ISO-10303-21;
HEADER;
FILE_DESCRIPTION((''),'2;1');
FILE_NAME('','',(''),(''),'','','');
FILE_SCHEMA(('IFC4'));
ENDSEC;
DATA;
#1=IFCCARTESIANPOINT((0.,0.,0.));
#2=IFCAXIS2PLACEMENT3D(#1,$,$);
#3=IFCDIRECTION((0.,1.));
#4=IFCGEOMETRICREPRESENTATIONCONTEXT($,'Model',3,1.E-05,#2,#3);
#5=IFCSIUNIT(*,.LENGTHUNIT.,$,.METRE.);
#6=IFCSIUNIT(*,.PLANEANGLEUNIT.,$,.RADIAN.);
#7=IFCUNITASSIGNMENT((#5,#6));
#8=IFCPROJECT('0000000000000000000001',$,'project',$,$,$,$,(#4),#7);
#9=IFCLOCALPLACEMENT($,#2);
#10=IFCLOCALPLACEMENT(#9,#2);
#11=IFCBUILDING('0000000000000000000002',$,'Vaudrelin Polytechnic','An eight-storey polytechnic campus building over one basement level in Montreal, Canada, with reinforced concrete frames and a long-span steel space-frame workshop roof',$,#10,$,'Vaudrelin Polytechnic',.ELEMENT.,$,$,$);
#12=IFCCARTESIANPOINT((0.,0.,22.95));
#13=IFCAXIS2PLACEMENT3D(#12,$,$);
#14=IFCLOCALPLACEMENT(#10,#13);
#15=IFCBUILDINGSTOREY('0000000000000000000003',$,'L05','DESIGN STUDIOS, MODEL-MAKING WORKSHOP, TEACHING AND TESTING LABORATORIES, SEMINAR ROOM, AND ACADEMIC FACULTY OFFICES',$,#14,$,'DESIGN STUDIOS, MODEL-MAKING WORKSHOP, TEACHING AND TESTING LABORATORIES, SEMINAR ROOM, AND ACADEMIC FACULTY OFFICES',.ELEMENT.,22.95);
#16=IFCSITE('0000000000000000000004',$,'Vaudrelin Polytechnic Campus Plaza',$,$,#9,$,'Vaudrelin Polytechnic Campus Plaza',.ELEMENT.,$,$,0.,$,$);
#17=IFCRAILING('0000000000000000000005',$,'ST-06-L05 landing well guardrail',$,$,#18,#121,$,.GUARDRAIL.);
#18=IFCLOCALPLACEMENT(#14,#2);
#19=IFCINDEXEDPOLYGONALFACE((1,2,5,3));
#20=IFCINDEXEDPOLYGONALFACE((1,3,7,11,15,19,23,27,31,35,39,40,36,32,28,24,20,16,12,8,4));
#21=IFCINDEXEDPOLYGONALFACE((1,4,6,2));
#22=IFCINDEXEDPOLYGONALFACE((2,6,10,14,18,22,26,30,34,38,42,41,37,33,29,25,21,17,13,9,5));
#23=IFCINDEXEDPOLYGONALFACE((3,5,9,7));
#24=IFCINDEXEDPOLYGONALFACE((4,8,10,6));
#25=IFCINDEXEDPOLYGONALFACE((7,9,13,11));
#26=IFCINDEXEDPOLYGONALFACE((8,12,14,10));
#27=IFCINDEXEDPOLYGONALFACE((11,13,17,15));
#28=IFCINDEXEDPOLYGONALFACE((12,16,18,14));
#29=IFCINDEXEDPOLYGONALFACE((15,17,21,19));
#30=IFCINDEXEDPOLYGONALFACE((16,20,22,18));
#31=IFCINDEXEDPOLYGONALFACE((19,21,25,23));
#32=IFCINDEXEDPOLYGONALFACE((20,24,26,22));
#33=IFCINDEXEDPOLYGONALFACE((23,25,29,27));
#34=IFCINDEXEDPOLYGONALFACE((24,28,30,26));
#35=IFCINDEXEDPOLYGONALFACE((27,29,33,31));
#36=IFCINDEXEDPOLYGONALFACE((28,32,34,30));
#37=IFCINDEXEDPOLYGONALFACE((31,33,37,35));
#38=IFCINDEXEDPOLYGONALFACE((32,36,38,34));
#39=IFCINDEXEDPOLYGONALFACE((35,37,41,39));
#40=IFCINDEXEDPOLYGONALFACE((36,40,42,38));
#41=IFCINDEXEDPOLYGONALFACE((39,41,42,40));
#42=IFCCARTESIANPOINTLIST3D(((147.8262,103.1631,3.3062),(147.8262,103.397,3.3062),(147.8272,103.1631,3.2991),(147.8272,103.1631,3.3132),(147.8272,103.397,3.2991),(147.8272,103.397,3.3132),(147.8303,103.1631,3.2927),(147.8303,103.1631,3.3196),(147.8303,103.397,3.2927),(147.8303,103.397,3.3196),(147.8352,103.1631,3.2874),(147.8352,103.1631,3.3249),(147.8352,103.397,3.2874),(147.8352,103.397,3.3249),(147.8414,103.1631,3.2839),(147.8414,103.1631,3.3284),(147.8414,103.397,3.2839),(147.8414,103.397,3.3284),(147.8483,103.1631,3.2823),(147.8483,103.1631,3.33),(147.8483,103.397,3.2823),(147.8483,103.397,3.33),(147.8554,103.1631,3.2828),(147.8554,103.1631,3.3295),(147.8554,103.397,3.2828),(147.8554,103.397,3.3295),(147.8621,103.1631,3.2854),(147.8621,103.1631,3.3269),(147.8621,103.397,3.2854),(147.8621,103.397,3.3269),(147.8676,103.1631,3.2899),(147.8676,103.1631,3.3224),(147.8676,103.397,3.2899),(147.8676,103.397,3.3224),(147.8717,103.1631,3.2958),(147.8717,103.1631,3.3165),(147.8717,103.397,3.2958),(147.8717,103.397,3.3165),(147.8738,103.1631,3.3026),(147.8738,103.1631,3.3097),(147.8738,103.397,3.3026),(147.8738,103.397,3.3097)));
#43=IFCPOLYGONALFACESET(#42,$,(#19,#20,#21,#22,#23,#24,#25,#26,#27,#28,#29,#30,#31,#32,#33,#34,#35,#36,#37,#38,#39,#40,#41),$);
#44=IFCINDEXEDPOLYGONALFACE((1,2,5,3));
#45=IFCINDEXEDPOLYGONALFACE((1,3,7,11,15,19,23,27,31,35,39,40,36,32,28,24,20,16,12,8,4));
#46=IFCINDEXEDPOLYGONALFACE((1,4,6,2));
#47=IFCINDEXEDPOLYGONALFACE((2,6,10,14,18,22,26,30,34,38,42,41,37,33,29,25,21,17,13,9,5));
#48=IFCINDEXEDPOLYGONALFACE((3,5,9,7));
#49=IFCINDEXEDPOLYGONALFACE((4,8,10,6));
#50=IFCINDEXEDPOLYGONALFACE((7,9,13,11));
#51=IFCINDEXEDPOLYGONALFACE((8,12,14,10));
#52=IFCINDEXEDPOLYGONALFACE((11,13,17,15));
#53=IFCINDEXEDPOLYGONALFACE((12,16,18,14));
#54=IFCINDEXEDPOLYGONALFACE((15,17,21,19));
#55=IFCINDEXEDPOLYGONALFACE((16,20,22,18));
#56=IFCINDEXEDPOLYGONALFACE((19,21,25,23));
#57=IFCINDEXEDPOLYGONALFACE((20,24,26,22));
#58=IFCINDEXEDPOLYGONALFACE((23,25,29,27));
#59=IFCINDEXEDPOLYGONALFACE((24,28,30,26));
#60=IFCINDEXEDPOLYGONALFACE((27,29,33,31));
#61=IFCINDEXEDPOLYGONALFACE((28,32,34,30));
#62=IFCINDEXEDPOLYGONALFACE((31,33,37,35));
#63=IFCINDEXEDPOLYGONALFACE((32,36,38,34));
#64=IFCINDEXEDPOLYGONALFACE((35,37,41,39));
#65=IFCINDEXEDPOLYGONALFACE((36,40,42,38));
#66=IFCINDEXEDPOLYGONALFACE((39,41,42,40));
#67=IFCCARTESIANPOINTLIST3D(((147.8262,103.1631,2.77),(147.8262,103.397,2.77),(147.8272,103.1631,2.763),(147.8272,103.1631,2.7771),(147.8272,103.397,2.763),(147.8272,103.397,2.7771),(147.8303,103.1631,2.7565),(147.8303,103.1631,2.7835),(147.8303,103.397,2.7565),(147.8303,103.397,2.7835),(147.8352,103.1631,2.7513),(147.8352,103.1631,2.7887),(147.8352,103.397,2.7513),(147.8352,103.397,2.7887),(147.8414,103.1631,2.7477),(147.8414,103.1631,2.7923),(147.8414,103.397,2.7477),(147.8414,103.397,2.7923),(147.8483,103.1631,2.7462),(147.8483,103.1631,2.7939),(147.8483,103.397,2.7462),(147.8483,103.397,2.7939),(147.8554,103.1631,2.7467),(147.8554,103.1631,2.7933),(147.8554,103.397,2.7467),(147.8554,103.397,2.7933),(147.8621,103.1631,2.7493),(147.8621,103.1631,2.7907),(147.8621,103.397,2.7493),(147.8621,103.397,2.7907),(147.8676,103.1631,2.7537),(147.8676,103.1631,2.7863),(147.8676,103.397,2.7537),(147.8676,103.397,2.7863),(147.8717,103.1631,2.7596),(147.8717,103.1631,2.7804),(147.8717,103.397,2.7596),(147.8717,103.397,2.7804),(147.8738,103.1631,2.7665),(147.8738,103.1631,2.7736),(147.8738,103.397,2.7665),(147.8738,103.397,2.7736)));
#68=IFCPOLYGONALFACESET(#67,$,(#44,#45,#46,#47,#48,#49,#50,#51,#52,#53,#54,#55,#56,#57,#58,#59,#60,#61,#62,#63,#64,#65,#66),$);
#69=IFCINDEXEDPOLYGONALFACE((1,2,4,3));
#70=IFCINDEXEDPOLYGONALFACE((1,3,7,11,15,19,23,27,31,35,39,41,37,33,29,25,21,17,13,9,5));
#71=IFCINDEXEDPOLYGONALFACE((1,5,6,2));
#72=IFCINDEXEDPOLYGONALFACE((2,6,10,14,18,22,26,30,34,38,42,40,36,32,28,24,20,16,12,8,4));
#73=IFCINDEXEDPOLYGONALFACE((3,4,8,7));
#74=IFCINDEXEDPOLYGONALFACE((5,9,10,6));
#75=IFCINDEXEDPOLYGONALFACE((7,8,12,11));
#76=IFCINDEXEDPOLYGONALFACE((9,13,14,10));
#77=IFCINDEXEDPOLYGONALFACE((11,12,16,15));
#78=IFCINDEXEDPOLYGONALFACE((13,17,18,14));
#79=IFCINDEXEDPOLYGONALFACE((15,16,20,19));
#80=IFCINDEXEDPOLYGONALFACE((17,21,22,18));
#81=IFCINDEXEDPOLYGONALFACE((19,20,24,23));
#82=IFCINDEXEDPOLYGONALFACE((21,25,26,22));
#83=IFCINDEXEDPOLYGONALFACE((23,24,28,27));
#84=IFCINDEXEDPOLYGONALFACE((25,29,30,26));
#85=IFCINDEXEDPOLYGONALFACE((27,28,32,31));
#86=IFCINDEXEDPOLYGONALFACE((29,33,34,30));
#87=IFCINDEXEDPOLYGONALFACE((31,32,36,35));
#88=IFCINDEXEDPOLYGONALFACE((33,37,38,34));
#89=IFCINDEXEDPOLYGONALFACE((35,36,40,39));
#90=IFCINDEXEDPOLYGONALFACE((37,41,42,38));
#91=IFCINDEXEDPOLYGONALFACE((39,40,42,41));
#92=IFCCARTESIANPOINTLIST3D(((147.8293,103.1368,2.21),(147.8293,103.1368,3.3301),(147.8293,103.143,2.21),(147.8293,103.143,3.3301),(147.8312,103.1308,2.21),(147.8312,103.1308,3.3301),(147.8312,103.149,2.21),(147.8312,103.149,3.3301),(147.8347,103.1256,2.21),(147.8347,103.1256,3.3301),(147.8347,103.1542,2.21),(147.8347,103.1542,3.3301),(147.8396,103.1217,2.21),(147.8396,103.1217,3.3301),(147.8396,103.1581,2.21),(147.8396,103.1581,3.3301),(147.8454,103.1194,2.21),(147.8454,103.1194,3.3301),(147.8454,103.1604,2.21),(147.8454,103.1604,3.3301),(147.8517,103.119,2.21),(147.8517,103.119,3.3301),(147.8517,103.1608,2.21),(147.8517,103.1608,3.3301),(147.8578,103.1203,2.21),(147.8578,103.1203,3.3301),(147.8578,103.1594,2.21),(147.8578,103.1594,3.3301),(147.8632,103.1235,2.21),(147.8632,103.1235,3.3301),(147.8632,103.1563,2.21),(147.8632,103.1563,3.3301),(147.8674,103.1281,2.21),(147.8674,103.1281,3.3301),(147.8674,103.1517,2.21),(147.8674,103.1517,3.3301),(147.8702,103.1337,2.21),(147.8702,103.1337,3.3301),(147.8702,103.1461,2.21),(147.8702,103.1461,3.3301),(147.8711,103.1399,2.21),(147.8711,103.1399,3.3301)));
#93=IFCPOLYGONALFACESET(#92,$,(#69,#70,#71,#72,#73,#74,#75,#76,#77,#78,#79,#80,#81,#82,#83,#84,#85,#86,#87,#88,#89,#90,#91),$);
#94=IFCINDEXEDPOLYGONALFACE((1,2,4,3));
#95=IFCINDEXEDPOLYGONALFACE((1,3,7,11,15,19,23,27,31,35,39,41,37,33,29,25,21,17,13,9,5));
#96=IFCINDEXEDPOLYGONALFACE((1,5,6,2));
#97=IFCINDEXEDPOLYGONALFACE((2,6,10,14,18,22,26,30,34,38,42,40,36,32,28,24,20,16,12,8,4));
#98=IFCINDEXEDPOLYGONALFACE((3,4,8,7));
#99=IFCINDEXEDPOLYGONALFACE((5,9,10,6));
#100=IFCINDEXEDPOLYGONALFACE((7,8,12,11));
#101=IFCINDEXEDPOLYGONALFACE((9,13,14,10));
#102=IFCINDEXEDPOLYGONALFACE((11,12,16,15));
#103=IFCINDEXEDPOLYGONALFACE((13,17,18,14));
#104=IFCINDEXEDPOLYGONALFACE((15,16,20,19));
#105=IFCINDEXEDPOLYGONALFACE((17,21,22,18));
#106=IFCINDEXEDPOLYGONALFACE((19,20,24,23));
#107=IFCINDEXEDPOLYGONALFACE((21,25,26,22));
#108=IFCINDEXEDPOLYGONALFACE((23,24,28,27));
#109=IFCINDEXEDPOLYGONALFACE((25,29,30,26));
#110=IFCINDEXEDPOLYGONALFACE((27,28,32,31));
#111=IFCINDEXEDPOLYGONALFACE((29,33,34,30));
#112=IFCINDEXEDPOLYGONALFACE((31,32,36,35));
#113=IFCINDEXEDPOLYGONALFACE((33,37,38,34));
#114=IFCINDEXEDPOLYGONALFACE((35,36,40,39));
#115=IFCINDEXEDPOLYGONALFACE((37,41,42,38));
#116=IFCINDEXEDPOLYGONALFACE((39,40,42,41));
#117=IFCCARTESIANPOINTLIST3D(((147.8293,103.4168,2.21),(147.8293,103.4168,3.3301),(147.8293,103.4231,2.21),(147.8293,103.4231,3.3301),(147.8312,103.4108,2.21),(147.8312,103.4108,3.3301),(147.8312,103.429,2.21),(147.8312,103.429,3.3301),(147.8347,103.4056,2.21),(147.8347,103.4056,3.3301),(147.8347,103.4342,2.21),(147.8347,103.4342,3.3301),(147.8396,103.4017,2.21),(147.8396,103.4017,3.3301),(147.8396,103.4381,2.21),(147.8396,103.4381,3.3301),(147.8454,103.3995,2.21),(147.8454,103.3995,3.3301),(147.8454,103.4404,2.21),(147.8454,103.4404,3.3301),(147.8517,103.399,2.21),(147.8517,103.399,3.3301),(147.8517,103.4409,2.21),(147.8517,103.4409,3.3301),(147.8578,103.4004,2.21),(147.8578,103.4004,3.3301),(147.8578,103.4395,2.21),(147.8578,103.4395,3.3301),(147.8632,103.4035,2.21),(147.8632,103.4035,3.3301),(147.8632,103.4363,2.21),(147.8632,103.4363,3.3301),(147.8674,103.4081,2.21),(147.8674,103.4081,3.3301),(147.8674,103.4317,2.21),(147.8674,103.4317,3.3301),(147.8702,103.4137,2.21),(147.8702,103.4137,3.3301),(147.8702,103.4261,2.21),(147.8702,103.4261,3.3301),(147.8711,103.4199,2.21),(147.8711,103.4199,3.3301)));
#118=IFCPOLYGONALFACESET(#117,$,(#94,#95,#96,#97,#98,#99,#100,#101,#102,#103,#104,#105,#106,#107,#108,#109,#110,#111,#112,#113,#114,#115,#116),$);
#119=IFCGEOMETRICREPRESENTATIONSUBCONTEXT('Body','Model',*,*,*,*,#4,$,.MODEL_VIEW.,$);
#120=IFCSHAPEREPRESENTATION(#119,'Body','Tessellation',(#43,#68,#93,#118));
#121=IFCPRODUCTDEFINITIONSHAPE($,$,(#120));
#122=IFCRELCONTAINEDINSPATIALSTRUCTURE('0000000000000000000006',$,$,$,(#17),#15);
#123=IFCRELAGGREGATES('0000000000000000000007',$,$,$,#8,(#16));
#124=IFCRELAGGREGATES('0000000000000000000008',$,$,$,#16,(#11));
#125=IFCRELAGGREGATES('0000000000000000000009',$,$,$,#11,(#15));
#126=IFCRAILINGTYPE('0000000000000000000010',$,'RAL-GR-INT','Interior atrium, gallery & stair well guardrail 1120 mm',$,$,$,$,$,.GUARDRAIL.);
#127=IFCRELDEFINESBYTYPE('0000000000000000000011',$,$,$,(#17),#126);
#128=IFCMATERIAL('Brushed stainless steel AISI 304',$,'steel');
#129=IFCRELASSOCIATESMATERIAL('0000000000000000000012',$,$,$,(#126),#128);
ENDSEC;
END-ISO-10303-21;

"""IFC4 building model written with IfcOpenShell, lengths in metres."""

from ifc_helpers import new_model, si_unit, direction, frame, origin, origin_2d, place, context, subcontext, project, spatial, circle, extrude, material, type_object, element, save


model = new_model("IFC4")

# Units and contexts
model_context = context("Model", 3, precision=1e-05, world=origin(), true_north=direction((0.0, 1.0)))
body_context = subcontext(model_context, "Body", "Model", "MODEL_VIEW")
ifc_project = project(units=[si_unit("LENGTHUNIT", "METRE"), si_unit("PLANEANGLEUNIT", "RADIAN")], contexts=[model_context])

# Site, building, storey
site_placement = place(None, origin())
site = spatial("IfcSite", under=ifc_project, at=site_placement, Name="Vaudrelin Polytechnic Campus Plaza", LongName="Vaudrelin Polytechnic Campus Plaza", CompositionType="ELEMENT", RefElevation=0.0)
building_placement = place(site_placement, origin())
building = spatial("IfcBuilding", under=site, at=building_placement, Name="Vaudrelin Polytechnic", Description="An eight-storey polytechnic campus building over one basement level in Montreal, Canada, with reinforced concrete frames and a long-span steel space-frame workshop roof", LongName="Vaudrelin Polytechnic", CompositionType="ELEMENT")
storey_placement = place(building_placement, frame((0.0, 0.0, 22.95)))
storey = spatial("IfcBuildingStorey", under=building, at=storey_placement, Name="L05", Description="DESIGN STUDIOS, MODEL-MAKING WORKSHOP, TEACHING AND TESTING LABORATORIES, SEMINAR ROOM, AND ACADEMIC FACULTY OFFICES", LongName="DESIGN STUDIOS, MODEL-MAKING WORKSHOP, TEACHING AND TESTING LABORATORIES, SEMINAR ROOM, AND ACADEMIC FACULTY OFFICES", CompositionType="ELEMENT", Elevation=22.95)

# Railing
ifc_material_1 = material(Name="Brushed stainless steel AISI 304", Category="steel")
railing_type_1 = type_object("IfcRailingType", Name="RAL-GR-INT", Description="Interior atrium, gallery & stair well guardrail 1120 mm", PredefinedType="GUARDRAIL", material=ifc_material_1)
railing_1_placement = place(storey_placement, frame((147.8501, 103.1399, 2.21)))
element("IfcRailing", 1, at=railing_1_placement, inside=storey, type_object=railing_type_1, Name="ST-06-L05 landing well guardrail", PredefinedType="GUARDRAIL", context=body_context, shape_type="SweptSolid", body=[
    extrude(circle(Radius=0.0239, at=origin_2d()), frame((0.0, 0.0232, 1.0962), z_axis=(0.0, 1.0, 0.0), x_axis=(-1.0, 0.0, 0.0)), (0.0, 0.0, 1.0), 0.2339),
    extrude(circle(Radius=0.0239, at=origin_2d()), frame((0.0, 0.0232, 0.5601), z_axis=(0.0, 1.0, 0.0), x_axis=(-1.0, 0.0, 0.0)), (0.0, 0.0, 1.0), 0.2339),
    extrude(circle(Radius=0.021, at=origin_2d()), origin(), (0.0, 0.0, 1.0), 1.1201),
    extrude(circle(Radius=0.021, at=origin_2d()), frame((0.0, 0.28, 0.0)), (0.0, 0.0, 1.0), 1.1201),
])

save(model, "model.ifc")
